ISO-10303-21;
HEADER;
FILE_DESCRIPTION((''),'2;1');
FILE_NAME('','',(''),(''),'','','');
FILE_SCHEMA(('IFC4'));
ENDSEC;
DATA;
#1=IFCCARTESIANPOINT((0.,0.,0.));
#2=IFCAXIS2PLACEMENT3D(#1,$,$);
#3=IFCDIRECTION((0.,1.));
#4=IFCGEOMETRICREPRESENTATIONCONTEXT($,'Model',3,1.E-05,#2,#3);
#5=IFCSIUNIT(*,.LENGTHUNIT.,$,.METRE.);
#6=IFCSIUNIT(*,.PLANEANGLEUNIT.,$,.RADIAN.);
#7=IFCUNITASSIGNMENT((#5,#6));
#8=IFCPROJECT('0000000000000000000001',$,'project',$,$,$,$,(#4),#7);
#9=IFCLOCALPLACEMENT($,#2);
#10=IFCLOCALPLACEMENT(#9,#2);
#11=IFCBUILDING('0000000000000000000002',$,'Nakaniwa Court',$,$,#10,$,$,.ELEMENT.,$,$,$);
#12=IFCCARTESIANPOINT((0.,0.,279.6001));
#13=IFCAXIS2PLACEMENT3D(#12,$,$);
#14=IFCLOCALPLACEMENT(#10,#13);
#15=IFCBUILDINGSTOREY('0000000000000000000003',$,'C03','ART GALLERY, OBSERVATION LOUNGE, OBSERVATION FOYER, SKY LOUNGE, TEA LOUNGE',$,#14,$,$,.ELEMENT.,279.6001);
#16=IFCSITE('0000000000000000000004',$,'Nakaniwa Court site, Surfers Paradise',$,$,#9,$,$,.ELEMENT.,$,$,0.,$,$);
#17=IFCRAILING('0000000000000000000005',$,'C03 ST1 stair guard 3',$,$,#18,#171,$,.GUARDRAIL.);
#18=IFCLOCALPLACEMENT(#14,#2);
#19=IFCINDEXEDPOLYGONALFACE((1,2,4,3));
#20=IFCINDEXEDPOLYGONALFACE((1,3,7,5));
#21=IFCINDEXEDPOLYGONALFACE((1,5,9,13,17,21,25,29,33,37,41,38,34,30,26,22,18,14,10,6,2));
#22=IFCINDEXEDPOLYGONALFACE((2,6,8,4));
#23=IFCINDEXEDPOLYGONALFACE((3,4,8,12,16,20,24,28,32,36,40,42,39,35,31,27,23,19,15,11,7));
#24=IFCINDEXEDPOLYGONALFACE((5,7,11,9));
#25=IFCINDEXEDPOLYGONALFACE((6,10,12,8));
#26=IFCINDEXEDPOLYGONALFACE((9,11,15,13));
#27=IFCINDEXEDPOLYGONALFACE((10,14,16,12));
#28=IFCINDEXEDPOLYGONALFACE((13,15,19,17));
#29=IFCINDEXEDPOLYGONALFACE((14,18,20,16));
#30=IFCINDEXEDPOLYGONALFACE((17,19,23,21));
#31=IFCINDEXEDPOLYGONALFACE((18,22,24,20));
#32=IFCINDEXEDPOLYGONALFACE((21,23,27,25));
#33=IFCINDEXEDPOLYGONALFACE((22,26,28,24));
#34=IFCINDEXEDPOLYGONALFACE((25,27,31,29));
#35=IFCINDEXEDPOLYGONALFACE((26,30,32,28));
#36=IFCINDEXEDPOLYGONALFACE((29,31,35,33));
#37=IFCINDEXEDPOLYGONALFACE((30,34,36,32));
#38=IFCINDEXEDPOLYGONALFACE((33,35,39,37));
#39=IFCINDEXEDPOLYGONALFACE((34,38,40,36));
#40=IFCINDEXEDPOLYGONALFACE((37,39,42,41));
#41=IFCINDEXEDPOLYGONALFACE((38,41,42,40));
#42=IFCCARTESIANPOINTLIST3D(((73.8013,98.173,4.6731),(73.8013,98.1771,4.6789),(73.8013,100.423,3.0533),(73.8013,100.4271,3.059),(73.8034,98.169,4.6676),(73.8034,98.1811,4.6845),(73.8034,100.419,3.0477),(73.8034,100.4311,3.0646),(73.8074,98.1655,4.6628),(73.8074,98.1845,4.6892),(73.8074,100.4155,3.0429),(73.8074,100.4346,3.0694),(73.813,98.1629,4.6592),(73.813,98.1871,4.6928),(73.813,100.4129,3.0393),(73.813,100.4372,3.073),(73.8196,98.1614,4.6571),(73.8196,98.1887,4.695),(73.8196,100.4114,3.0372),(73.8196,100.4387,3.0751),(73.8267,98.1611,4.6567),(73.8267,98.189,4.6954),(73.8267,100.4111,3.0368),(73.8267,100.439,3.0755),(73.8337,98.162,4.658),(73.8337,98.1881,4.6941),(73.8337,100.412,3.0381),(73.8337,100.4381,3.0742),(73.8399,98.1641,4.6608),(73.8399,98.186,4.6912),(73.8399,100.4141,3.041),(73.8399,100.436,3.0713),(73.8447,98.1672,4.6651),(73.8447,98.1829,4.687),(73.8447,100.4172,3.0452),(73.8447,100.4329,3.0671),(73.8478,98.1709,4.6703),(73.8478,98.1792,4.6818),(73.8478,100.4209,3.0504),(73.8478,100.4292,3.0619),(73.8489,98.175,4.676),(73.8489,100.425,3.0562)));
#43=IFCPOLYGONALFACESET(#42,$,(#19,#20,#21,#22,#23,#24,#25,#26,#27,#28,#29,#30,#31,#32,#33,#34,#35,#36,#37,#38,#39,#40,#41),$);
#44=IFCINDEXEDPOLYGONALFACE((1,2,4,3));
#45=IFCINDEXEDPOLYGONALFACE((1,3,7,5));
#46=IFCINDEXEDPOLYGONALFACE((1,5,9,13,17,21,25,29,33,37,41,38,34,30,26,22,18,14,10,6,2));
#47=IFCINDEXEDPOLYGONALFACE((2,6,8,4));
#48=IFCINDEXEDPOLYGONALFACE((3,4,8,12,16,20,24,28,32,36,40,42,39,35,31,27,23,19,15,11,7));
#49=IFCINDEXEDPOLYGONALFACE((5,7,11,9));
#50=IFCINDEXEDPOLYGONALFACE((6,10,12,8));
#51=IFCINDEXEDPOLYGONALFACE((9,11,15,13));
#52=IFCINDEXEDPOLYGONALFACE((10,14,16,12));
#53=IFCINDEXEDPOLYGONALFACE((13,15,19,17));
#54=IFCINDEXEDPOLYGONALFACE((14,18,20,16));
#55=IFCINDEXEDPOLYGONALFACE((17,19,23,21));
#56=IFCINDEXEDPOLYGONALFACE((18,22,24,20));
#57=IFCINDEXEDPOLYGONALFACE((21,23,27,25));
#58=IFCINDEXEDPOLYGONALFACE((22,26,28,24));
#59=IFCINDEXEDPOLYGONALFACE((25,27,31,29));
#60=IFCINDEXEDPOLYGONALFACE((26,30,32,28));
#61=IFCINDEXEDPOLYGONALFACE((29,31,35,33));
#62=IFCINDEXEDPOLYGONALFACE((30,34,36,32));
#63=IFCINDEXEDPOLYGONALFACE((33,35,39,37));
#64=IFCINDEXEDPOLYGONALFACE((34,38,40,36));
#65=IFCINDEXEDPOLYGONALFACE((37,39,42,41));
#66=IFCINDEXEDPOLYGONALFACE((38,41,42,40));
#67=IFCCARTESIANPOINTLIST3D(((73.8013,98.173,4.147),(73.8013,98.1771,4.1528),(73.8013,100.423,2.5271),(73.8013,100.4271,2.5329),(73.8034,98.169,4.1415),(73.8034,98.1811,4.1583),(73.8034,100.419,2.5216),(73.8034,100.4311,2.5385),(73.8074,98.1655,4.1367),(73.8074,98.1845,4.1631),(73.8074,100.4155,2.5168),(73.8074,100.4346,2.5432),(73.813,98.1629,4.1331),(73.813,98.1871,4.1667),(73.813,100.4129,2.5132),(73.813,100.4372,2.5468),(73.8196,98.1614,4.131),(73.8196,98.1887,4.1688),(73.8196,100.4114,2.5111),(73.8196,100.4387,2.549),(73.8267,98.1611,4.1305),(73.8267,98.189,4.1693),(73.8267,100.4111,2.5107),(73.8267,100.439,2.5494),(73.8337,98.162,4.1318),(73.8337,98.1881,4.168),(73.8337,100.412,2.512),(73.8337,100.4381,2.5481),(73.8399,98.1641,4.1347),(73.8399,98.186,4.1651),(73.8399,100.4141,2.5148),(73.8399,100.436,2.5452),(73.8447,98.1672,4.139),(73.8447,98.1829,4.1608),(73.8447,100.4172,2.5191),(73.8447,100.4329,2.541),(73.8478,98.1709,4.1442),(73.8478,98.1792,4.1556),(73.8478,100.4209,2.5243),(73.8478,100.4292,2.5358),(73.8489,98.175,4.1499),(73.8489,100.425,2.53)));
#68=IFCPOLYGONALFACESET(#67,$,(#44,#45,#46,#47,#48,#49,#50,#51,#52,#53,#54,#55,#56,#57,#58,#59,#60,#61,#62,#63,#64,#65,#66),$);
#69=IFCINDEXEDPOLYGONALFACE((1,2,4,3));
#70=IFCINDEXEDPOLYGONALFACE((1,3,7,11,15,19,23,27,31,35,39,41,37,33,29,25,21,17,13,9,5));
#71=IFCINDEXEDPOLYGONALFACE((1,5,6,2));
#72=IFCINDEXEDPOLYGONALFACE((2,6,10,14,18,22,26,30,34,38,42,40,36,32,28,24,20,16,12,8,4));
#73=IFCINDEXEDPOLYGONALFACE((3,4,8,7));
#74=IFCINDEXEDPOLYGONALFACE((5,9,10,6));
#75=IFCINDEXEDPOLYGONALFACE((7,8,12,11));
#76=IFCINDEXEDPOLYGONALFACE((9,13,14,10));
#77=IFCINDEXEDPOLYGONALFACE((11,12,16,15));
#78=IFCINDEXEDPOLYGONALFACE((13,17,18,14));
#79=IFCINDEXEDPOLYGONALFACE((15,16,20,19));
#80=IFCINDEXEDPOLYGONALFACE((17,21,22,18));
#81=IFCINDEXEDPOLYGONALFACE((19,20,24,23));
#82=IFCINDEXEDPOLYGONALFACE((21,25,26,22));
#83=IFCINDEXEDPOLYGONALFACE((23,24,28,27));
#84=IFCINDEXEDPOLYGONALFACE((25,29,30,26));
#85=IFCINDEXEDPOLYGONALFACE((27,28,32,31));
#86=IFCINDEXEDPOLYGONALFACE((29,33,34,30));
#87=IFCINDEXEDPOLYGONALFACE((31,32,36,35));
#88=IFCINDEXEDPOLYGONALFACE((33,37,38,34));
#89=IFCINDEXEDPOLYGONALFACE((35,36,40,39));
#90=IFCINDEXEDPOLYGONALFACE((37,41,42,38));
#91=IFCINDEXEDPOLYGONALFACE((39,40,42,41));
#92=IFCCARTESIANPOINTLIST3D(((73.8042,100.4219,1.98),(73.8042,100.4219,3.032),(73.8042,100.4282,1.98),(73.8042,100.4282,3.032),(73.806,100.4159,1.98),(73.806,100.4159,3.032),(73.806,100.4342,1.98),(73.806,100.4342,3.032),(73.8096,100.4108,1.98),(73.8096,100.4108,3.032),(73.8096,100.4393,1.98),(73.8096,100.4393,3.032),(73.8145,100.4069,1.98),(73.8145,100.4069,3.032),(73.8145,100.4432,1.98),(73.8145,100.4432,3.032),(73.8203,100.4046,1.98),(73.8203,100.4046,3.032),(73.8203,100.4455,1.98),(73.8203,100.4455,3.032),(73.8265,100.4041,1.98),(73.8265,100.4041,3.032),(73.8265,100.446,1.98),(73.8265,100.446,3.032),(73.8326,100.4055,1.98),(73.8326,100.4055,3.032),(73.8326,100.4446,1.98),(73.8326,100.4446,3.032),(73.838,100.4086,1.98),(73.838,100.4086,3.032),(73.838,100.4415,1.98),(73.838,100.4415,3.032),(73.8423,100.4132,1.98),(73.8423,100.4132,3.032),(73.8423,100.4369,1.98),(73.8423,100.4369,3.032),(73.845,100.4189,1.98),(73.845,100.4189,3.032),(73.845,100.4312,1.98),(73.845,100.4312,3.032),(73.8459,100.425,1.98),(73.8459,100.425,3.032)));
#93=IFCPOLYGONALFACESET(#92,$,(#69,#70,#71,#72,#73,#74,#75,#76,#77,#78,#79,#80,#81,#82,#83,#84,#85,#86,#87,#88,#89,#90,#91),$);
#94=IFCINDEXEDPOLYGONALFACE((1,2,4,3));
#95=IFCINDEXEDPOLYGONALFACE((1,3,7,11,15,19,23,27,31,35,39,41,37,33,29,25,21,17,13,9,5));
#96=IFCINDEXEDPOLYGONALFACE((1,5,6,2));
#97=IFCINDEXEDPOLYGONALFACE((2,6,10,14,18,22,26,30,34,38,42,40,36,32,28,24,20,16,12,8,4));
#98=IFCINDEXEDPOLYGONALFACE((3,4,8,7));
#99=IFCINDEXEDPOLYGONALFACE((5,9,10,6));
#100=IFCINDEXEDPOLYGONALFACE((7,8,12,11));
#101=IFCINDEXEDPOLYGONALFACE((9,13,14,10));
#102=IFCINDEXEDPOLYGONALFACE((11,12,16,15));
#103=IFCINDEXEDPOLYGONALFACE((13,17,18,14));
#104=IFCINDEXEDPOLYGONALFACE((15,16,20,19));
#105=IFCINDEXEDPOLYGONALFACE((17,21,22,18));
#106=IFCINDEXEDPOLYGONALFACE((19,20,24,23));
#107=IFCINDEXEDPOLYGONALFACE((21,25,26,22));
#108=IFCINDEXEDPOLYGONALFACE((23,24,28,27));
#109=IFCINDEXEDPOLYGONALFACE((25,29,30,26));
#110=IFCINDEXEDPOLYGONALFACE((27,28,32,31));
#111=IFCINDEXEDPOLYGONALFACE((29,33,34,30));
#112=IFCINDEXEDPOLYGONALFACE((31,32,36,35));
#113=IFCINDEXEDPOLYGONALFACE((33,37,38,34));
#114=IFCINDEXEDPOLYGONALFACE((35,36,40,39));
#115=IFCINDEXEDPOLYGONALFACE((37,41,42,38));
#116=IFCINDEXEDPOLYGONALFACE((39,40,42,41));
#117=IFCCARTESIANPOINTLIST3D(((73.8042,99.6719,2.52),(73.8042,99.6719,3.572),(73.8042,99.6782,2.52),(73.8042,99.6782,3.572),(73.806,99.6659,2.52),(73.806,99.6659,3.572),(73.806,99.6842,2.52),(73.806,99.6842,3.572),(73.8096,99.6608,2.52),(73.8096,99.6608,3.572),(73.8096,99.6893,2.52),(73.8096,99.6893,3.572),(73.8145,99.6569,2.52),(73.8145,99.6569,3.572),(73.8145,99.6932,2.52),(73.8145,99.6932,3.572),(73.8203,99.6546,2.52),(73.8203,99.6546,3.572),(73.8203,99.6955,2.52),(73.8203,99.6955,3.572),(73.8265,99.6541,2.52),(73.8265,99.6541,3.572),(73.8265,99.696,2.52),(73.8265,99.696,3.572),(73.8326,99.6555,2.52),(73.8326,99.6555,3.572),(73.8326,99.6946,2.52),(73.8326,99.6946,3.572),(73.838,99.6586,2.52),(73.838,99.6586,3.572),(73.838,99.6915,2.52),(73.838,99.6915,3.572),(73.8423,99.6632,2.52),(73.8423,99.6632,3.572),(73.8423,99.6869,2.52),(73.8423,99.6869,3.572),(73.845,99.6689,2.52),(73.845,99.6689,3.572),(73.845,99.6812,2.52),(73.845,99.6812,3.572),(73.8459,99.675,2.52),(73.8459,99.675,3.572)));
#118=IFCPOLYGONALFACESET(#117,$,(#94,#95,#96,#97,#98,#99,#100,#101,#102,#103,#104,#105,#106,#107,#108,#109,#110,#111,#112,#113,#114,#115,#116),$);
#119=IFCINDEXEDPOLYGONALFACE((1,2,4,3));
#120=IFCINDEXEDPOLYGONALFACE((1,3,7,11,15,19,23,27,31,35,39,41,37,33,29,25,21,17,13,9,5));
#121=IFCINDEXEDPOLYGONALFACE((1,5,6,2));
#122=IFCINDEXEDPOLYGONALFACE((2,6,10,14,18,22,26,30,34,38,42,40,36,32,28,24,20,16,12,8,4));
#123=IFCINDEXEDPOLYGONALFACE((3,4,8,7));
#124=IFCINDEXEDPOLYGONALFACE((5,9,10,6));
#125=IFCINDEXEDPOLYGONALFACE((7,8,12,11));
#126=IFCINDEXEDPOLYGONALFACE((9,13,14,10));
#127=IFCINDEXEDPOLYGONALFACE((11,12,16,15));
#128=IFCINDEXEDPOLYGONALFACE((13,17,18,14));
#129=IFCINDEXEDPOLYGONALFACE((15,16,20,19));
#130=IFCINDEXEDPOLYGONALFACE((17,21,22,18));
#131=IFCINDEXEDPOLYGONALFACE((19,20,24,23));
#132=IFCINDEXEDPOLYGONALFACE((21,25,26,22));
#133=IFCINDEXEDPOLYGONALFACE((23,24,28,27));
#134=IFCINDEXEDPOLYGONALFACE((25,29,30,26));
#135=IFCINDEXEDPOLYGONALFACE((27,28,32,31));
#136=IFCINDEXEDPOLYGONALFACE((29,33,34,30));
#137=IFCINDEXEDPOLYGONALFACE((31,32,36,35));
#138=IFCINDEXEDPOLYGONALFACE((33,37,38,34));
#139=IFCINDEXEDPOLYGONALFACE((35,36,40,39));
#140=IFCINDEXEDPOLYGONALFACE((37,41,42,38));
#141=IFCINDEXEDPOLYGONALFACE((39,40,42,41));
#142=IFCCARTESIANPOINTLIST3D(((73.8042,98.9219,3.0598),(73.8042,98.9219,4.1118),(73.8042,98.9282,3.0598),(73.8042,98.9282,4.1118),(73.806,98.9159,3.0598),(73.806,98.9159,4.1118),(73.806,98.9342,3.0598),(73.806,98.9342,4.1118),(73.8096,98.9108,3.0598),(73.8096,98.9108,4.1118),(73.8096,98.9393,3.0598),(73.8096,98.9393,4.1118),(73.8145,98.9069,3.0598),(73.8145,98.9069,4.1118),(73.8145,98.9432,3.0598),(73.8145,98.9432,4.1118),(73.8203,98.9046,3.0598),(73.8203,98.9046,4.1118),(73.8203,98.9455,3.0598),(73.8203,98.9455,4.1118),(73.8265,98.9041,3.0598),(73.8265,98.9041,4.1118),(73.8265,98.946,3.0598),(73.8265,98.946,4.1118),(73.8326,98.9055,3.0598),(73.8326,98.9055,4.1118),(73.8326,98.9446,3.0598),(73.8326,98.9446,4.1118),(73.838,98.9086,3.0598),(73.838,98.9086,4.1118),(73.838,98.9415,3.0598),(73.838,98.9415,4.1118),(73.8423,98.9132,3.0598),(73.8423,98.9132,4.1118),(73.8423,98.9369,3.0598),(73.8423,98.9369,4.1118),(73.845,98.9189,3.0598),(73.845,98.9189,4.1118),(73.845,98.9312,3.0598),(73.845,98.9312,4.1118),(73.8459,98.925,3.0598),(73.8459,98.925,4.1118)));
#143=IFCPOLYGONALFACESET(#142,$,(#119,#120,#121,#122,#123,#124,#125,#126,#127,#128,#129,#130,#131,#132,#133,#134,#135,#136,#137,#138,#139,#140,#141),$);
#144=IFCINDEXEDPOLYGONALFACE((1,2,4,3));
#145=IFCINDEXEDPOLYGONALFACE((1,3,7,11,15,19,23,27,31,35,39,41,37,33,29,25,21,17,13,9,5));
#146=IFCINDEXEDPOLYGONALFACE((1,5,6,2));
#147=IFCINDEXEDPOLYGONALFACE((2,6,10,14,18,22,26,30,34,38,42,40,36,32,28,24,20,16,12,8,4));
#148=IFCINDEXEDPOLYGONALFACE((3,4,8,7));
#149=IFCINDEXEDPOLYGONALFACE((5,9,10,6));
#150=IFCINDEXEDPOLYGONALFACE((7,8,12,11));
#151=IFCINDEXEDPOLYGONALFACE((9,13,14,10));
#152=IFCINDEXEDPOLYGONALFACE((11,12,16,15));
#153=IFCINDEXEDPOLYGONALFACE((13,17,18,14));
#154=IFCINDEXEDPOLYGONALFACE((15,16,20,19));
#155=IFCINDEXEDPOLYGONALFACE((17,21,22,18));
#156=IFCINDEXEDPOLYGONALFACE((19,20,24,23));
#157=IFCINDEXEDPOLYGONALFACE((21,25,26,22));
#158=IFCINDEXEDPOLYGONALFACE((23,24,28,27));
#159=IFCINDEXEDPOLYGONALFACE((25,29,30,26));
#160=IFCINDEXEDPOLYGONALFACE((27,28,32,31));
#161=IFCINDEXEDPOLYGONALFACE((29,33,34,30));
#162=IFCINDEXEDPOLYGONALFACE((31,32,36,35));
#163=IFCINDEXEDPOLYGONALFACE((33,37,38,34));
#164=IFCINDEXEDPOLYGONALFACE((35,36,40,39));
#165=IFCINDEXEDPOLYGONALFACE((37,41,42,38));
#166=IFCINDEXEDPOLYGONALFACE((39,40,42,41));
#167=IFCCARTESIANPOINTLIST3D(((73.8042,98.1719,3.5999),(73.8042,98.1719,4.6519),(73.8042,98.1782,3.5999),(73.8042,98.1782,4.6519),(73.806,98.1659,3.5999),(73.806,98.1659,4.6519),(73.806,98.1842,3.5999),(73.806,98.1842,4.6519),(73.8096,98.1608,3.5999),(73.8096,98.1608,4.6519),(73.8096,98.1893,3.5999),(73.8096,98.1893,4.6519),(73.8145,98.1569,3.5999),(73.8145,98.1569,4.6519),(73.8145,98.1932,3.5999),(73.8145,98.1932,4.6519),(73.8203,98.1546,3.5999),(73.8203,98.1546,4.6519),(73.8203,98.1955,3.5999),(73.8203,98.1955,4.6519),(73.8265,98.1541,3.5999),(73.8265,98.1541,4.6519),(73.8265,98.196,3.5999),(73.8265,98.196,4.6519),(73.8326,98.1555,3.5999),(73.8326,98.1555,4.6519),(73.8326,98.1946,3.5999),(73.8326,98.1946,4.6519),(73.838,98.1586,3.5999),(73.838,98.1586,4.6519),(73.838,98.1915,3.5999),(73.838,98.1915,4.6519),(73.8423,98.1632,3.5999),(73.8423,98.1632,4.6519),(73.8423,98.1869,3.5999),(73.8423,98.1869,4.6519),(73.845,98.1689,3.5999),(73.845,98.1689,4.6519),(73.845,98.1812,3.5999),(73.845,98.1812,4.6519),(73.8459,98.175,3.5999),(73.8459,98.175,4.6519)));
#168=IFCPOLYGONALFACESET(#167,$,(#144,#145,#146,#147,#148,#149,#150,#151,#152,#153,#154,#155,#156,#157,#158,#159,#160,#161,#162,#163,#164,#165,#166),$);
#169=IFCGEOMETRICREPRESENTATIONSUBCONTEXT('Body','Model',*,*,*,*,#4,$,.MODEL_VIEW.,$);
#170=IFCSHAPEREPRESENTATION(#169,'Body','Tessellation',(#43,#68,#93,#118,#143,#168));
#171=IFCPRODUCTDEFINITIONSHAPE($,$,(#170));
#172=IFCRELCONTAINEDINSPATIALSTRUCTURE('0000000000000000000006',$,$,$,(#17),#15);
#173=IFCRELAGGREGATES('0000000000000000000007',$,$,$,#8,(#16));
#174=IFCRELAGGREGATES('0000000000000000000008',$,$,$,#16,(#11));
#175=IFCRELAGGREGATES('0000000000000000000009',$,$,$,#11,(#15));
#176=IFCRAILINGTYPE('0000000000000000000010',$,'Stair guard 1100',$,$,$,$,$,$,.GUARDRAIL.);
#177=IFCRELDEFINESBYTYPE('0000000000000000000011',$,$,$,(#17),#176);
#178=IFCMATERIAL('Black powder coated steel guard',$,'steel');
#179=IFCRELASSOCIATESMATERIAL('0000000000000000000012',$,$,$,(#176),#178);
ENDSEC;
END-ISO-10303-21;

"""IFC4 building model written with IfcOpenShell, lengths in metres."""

from ifc_helpers import new_model, si_unit, direction, frame, origin, origin_2d, place, context, subcontext, project, spatial, circle, extrude, material, type_object, element, save


model = new_model("IFC4")

# Units and contexts
model_context = context("Model", 3, precision=1e-05, world=origin(), true_north=direction((0.0, 1.0)))
body_context = subcontext(model_context, "Body", "Model", "MODEL_VIEW")
ifc_project = project(units=[si_unit("LENGTHUNIT", "METRE"), si_unit("PLANEANGLEUNIT", "RADIAN")], contexts=[model_context])

# Site, building, storey
site_placement = place(None, origin())
site = spatial("IfcSite", under=ifc_project, at=site_placement, Name="Nakaniwa Court site, Surfers Paradise", CompositionType="ELEMENT", RefElevation=0.0)
building_placement = place(site_placement, origin())
building = spatial("IfcBuilding", under=site, at=building_placement, Name="Nakaniwa Court", CompositionType="ELEMENT")
storey_placement = place(building_placement, frame((0.0, 0.0, 279.6001)))
storey = spatial("IfcBuildingStorey", under=building, at=storey_placement, Name="C03", Description="ART GALLERY, OBSERVATION LOUNGE, OBSERVATION FOYER, SKY LOUNGE, TEA LOUNGE", CompositionType="ELEMENT", Elevation=279.6001)

# Railing
ifc_material_1 = material(Name="Black powder coated steel guard", Category="steel")
railing_type_1 = type_object("IfcRailingType", Name="Stair guard 1100", PredefinedType="GUARDRAIL", material=ifc_material_1)
railing_1_placement = place(storey_placement, frame((73.825, 100.425, 1.98)))
element("IfcRailing", 1, at=railing_1_placement, inside=storey, type_object=railing_type_1, Name="C03 ST1 stair guard 3", PredefinedType="GUARDRAIL", context=body_context, shape_type="SweptSolid", body=[
    extrude(circle(Radius=0.0239, at=origin_2d()), frame((0.0, 0.0, 1.0762), z_axis=(0.0, -0.811556, 0.584275), x_axis=(1.0, 0.0, 0.0)), (0.0, 0.0, 1.0), 2.7725),
    extrude(circle(Radius=0.0239, at=origin_2d()), frame((0.0, 0.0, 0.55), z_axis=(0.0, -0.811556, 0.584275), x_axis=(1.0, 0.0, 0.0)), (0.0, 0.0, 1.0), 2.7725),
    extrude(circle(Radius=0.021, at=origin_2d()), origin(), (0.0, 0.0, 1.0), 1.052),
    extrude(circle(Radius=0.021, at=origin_2d()), frame((0.0, -0.75, 0.54)), (0.0, 0.0, 1.0), 1.052),
    extrude(circle(Radius=0.021, at=origin_2d()), frame((0.0, -1.5, 1.0798)), (0.0, 0.0, 1.0), 1.052),
    extrude(circle(Radius=0.021, at=origin_2d()), frame((0.0, -2.25, 1.6199)), (0.0, 0.0, 1.0), 1.052),
])

save(model, "model.ifc")
